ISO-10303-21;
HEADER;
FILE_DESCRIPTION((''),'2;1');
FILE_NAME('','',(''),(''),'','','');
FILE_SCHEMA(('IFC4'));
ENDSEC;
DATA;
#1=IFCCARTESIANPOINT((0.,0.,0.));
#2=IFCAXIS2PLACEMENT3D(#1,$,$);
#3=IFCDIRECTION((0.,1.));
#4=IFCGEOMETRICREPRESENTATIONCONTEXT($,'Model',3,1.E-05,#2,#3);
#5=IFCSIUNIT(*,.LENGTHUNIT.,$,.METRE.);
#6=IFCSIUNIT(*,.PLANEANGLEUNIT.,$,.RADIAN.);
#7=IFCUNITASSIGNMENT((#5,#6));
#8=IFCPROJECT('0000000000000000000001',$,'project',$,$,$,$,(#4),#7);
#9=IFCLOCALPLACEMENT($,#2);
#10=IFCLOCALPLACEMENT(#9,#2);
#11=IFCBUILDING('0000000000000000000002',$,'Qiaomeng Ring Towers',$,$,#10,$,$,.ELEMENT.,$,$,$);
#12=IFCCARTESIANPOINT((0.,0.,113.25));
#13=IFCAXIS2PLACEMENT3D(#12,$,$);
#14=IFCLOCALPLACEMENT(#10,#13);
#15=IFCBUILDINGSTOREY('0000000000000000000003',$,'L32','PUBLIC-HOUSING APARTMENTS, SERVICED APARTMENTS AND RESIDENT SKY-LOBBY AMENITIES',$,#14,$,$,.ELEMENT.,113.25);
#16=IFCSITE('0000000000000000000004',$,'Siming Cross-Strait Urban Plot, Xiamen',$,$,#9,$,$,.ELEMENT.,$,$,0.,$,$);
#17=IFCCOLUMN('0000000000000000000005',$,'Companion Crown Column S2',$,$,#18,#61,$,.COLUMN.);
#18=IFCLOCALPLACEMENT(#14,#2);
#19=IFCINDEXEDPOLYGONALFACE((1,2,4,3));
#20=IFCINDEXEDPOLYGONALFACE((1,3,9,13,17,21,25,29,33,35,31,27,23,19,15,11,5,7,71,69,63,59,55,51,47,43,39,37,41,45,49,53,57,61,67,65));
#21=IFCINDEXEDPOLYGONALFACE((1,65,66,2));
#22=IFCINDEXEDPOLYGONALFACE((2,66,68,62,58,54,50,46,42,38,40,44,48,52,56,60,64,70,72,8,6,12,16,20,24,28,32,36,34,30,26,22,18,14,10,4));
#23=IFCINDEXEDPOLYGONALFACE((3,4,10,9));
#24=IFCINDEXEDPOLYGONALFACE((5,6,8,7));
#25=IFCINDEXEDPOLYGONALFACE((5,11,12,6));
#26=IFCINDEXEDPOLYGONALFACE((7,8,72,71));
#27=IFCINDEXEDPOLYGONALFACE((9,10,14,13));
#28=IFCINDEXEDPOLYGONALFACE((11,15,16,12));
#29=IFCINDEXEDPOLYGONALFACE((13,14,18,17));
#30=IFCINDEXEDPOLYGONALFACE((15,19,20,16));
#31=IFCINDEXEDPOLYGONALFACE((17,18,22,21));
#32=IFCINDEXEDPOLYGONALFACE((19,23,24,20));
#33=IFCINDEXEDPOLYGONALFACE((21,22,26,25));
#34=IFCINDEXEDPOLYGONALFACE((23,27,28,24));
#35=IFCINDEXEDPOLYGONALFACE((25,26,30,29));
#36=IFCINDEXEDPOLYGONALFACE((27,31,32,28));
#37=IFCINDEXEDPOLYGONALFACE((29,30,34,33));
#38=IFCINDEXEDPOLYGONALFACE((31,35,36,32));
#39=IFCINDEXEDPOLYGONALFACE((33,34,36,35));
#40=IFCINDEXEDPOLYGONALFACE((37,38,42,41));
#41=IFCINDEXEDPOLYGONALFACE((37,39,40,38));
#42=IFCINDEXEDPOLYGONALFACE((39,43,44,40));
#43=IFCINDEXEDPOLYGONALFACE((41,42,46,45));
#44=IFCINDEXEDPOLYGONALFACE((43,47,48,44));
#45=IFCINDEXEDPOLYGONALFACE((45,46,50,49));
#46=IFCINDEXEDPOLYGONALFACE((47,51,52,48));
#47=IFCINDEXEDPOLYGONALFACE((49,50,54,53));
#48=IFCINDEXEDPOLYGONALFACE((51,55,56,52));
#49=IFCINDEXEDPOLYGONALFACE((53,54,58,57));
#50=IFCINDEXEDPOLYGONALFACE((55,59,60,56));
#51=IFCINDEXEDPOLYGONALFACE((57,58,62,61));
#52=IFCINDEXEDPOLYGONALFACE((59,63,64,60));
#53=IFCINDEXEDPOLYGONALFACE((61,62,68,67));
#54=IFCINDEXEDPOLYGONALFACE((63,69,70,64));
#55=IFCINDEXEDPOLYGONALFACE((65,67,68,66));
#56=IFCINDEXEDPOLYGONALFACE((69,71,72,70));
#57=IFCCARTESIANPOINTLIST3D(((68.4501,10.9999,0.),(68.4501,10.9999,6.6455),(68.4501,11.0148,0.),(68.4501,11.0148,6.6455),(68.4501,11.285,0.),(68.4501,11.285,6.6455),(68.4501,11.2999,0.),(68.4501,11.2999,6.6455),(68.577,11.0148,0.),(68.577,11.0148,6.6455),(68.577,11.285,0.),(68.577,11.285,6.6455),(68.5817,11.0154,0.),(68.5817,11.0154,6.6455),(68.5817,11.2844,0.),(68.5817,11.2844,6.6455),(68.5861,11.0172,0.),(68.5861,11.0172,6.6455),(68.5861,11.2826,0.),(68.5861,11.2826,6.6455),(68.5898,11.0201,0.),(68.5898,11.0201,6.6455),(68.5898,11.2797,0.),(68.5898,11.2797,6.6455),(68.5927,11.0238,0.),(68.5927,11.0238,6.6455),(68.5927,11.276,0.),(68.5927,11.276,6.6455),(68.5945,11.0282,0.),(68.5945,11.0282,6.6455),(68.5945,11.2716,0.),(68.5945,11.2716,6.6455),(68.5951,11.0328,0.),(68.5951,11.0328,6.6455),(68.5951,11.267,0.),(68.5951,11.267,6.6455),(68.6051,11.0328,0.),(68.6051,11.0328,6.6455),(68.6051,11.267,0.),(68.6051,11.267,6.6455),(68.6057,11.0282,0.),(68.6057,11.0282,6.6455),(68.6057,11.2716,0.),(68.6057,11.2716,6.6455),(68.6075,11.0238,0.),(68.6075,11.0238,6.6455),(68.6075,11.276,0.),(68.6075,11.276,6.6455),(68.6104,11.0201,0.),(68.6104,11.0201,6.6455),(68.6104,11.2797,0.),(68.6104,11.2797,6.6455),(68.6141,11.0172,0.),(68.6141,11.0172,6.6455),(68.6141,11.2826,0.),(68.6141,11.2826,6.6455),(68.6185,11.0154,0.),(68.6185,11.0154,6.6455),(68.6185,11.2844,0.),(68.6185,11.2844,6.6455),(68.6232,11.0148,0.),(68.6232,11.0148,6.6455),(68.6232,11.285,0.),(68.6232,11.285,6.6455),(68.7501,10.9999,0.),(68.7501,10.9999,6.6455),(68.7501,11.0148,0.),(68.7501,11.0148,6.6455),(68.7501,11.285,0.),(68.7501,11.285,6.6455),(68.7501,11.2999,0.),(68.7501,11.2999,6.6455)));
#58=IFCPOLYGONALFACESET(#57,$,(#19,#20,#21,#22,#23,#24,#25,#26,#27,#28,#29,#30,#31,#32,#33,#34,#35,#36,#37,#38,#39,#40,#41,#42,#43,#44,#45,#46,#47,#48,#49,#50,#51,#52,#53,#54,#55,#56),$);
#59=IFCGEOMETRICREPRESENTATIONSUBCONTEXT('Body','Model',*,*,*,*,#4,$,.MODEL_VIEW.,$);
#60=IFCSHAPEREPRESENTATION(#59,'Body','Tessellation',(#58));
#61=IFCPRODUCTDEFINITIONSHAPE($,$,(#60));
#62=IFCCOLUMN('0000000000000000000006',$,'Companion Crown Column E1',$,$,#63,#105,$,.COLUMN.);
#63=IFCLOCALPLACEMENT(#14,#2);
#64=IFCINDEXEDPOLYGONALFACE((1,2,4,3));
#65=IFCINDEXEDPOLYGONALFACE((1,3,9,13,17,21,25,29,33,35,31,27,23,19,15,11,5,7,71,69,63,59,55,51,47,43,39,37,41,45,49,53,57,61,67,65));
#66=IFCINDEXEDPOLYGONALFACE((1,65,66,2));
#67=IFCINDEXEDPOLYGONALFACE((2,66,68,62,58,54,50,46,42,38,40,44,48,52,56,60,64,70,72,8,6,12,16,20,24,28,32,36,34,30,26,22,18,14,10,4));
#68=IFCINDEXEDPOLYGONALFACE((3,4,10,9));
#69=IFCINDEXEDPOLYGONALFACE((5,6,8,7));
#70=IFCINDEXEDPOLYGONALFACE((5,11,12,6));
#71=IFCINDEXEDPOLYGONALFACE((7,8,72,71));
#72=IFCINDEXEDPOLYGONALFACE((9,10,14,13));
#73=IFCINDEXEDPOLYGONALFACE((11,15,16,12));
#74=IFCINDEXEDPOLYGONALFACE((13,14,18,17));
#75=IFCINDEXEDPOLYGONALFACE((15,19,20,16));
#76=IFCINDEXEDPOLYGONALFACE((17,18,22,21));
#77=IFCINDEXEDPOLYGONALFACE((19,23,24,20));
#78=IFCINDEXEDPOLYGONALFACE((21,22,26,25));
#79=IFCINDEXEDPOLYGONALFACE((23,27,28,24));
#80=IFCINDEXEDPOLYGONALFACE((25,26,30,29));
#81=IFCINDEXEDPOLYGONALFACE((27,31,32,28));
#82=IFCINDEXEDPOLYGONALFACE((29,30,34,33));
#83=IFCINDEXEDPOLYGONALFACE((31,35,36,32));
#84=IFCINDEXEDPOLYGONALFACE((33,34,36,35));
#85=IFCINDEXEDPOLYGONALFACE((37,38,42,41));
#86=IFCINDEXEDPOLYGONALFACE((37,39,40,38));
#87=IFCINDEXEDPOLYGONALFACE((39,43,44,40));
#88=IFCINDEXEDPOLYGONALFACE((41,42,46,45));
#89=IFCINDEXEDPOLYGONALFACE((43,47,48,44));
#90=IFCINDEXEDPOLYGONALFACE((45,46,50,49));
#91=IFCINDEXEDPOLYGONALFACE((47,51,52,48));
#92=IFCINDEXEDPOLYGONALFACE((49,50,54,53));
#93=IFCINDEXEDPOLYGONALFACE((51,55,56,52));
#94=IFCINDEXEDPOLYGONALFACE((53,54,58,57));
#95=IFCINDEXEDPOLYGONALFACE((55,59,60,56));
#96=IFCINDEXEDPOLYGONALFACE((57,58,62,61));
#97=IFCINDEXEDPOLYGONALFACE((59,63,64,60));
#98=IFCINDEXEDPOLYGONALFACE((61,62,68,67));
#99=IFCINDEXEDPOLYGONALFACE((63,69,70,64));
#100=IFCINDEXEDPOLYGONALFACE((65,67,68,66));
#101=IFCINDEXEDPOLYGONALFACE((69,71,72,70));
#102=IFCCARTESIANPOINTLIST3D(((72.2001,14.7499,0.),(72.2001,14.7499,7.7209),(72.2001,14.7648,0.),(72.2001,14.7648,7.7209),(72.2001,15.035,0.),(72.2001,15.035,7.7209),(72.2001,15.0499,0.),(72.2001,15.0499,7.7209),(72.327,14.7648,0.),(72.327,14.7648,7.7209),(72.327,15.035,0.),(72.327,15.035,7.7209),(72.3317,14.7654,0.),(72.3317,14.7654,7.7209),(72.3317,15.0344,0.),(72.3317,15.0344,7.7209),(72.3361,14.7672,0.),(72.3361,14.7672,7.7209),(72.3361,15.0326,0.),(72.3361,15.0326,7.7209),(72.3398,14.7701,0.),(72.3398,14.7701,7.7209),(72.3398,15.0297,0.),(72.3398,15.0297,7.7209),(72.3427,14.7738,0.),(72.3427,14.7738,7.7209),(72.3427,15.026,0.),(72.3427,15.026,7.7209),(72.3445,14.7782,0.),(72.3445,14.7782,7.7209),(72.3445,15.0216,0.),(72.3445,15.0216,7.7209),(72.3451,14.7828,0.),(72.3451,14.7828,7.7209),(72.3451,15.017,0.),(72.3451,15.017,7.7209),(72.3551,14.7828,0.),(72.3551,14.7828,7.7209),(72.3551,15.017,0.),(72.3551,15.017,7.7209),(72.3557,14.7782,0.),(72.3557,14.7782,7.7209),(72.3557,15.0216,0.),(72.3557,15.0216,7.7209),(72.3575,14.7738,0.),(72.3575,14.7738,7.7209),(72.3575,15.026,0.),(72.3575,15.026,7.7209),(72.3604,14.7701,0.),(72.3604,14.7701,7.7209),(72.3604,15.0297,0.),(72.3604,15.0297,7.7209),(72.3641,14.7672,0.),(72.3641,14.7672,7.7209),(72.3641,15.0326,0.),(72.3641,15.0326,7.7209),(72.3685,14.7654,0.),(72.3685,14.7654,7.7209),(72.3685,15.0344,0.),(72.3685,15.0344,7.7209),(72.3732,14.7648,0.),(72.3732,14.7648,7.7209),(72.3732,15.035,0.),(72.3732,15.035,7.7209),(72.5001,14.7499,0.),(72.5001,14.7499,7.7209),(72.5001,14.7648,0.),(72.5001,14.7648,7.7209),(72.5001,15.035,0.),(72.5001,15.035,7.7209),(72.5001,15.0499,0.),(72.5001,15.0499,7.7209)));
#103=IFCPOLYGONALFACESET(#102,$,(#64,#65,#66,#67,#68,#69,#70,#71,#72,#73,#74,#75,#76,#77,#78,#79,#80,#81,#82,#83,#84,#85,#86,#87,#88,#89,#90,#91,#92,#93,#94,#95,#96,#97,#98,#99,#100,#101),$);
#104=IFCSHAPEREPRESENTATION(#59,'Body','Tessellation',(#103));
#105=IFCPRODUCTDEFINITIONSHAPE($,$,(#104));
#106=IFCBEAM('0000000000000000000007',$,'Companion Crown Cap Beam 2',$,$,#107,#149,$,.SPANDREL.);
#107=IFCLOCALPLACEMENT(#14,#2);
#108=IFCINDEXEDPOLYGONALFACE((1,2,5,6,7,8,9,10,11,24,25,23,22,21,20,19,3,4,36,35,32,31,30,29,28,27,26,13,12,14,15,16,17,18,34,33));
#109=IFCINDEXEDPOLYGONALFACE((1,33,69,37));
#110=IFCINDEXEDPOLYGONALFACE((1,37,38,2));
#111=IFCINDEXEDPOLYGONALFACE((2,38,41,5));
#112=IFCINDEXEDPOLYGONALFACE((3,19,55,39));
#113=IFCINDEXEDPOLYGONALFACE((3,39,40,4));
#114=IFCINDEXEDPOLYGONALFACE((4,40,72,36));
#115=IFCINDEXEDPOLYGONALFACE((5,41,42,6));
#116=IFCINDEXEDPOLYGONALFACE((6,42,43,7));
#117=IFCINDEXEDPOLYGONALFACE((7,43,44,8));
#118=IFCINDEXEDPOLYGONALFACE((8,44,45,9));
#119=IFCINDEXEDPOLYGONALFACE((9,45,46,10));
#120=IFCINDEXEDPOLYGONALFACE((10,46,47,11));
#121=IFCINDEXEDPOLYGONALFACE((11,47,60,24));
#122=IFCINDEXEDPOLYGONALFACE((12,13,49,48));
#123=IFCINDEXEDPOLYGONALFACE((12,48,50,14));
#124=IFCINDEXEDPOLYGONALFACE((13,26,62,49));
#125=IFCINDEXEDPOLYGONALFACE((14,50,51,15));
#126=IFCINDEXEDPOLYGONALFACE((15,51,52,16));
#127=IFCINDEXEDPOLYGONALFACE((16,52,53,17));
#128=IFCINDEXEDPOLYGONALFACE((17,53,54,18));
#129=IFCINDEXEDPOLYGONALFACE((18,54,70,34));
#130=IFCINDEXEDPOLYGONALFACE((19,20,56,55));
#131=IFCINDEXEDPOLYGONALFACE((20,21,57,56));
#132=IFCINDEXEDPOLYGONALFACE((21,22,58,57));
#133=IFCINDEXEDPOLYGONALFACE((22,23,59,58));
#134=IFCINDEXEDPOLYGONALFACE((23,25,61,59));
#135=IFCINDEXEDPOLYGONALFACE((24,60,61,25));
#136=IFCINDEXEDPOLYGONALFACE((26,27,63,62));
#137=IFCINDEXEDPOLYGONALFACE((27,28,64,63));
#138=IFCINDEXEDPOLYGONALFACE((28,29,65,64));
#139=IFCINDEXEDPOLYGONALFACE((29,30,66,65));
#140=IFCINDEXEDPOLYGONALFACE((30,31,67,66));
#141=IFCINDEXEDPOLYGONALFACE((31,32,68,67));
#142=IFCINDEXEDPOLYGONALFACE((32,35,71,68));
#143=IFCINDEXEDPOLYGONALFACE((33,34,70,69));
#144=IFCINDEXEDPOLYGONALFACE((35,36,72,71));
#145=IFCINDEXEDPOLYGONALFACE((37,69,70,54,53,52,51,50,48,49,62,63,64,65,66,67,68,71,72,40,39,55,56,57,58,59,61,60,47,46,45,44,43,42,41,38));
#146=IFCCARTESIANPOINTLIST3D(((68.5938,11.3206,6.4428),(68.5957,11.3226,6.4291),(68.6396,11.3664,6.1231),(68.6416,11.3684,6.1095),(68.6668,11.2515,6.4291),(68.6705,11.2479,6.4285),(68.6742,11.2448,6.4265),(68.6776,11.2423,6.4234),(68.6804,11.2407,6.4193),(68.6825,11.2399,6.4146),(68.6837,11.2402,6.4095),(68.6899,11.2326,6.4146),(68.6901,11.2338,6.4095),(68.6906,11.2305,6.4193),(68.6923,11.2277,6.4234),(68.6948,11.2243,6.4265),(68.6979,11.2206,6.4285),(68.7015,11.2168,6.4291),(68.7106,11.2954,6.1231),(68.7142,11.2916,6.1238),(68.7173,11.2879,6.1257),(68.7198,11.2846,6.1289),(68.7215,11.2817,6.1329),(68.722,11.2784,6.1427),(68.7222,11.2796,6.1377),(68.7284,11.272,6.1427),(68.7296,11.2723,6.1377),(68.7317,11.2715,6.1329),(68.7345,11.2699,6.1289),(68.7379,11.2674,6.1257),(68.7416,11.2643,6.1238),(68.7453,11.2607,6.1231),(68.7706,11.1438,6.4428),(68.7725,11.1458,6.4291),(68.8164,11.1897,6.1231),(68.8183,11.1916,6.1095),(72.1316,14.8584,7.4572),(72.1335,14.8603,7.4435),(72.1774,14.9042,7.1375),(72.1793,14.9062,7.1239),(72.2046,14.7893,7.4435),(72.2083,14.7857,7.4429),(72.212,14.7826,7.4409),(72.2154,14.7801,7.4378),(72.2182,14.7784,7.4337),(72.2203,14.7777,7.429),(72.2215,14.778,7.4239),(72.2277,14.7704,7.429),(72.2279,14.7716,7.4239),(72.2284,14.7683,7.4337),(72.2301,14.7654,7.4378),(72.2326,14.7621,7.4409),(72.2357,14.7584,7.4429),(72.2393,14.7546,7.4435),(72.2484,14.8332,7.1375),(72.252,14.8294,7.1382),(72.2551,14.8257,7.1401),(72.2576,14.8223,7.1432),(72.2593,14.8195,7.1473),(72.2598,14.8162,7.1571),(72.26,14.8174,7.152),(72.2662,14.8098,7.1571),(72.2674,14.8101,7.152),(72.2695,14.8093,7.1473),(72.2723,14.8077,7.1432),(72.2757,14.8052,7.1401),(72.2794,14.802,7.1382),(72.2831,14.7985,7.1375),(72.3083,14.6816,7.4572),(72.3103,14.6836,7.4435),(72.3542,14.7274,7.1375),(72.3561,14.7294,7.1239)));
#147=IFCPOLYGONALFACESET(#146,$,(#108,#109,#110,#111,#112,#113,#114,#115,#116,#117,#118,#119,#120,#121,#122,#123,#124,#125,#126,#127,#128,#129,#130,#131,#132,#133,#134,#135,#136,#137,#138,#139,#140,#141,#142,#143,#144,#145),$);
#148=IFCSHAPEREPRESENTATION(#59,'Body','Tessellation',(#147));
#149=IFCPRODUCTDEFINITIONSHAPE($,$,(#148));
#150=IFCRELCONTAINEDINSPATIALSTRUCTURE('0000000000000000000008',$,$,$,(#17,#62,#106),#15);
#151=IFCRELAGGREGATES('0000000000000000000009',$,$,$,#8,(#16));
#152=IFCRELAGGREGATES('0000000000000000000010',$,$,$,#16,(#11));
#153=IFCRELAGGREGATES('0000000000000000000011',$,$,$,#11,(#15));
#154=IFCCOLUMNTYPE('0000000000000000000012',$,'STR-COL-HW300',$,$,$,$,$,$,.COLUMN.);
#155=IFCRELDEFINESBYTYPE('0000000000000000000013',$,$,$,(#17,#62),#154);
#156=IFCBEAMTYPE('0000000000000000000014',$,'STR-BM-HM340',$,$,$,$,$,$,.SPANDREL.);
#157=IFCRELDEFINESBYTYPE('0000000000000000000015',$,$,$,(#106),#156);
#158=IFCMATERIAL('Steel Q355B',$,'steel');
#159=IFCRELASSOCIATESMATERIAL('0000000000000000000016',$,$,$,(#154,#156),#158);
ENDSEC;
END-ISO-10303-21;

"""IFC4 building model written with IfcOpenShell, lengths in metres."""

from ifc_helpers import new_model, si_unit, direction, frame, origin, origin_2d, place, context, subcontext, project, spatial, i_section, extrude, source, transform, mapped, material, material_profile, profile_set, type_object, element, save


model = new_model("IFC4")

# Units and contexts
model_context = context("Model", 3, precision=1e-05, world=origin(), true_north=direction((0.0, 1.0)))
body_context = subcontext(model_context, "Body", "Model", "MODEL_VIEW")
ifc_project = project(units=[si_unit("LENGTHUNIT", "METRE"), si_unit("PLANEANGLEUNIT", "RADIAN")], contexts=[model_context])

# Site, building, storey
site_placement = place(None, origin())
site = spatial("IfcSite", under=ifc_project, at=site_placement, Name="Siming Cross-Strait Urban Plot, Xiamen", CompositionType="ELEMENT", RefElevation=0.0)
building_placement = place(site_placement, origin())
building = spatial("IfcBuilding", under=site, at=building_placement, Name="Qiaomeng Ring Towers", CompositionType="ELEMENT")
storey_placement = place(building_placement, frame((0.0, 0.0, 113.25)))
storey = spatial("IfcBuildingStorey", under=building, at=storey_placement, Name="L32", Description="PUBLIC-HOUSING APARTMENTS, SERVICED APARTMENTS AND RESIDENT SKY-LOBBY AMENITIES", CompositionType="ELEMENT", Elevation=113.25)

# Columns
ifc_material_1 = material(Name="Steel Q355B", Category="steel")
ifc_material_profile_1 = material_profile(ifc_material_1, i_section(OverallWidth=0.3, OverallDepth=0.3, WebThickness=0.01, FlangeThickness=0.0149, FilletRadius=0.0181, at=origin_2d()), Name="HW 300x300x10x15")
ifc_profile_set_1 = profile_set([ifc_material_profile_1], Name="Steel Q355B")
column_type = type_object("IfcColumnType", Name="STR-COL-HW300", PredefinedType="COLUMN", material=ifc_profile_set_1)
shared_shape_1 = source(origin(), body_context, "Body", "SweptSolid", [
    extrude(i_section(OverallWidth=0.3, OverallDepth=0.3, WebThickness=0.01, FlangeThickness=0.0149, FilletRadius=0.0181, at=origin_2d()), origin(), (0.0, 0.0, 1.0), 6.6455),
])
column_1_placement = place(storey_placement, frame((68.6001, 11.1499, 0.0), z_axis=(0.0, 0.0, 1.0), x_axis=(1.0, 0.0, 0.0)))
element("IfcColumn", 1, at=column_1_placement, inside=storey, type_object=column_type, Name="Companion Crown Column S2", PredefinedType="COLUMN", context=body_context, shape_type="MappedRepresentation", body=[
    mapped(shared_shape_1, transform((0.0, 0.0, 0.0), x_axis=(1.0, 0.0, 0.0), y_axis=(0.0, 1.0, 0.0), z_axis=(0.0, 0.0, 1.0), scale=1.0)),
])
shared_shape_2 = source(origin(), body_context, "Body", "SweptSolid", [
    extrude(i_section(OverallWidth=0.3, OverallDepth=0.3, WebThickness=0.01, FlangeThickness=0.0149, FilletRadius=0.0181, at=origin_2d()), origin(), (0.0, 0.0, 1.0), 7.7209),
])
column_2_placement = place(storey_placement, frame((72.3501, 14.8999, 0.0), z_axis=(0.0, 0.0, 1.0), x_axis=(1.0, 0.0, 0.0)))
element("IfcColumn", 2, at=column_2_placement, inside=storey, type_object=column_type, Name="Companion Crown Column E1", PredefinedType="COLUMN", context=body_context, shape_type="MappedRepresentation", body=[
    mapped(shared_shape_2, transform((0.0, 0.0, 0.0), x_axis=(1.0, 0.0, 0.0), y_axis=(0.0, 1.0, 0.0), z_axis=(0.0, 0.0, 1.0), scale=1.0)),
])

# Beam
ifc_material_profile_2 = material_profile(ifc_material_1, i_section(OverallWidth=0.25, OverallDepth=0.3401, WebThickness=0.009, FlangeThickness=0.0139, FilletRadius=0.02, at=origin_2d()), Name="HM 340x250x9x14")
ifc_profile_set_2 = profile_set([ifc_material_profile_2], Name="Steel Q355B")
beam_type = type_object("IfcBeamType", Name="STR-BM-HM340", PredefinedType="SPANDREL", material=ifc_profile_set_2)
shared_shape_3 = source(origin(), body_context, "Body", "SweptSolid", [
    extrude(i_section(OverallWidth=0.25, OverallDepth=0.3401, WebThickness=0.009, FlangeThickness=0.0139, FilletRadius=0.02, at=origin_2d()), origin(), (0.0, 0.0, 1.0), 5.105),
])
beam_1_placement = place(storey_placement, frame((68.7061, 11.2561, 6.2761), z_axis=(0.693007, 0.693007, 0.198706), x_axis=(-0.707107, 0.707107, 0.0)))
element("IfcBeam", 3, at=beam_1_placement, inside=storey, type_object=beam_type, Name="Companion Crown Cap Beam 2", PredefinedType="SPANDREL", context=body_context, shape_type="MappedRepresentation", body=[
    mapped(shared_shape_3, transform((0.0, 0.0, 0.0), x_axis=(1.0, 0.0, 0.0), y_axis=(0.0, 1.0, 0.0), z_axis=(0.0, 0.0, 1.0), scale=1.0)),
])

save(model, "model.ifc")
